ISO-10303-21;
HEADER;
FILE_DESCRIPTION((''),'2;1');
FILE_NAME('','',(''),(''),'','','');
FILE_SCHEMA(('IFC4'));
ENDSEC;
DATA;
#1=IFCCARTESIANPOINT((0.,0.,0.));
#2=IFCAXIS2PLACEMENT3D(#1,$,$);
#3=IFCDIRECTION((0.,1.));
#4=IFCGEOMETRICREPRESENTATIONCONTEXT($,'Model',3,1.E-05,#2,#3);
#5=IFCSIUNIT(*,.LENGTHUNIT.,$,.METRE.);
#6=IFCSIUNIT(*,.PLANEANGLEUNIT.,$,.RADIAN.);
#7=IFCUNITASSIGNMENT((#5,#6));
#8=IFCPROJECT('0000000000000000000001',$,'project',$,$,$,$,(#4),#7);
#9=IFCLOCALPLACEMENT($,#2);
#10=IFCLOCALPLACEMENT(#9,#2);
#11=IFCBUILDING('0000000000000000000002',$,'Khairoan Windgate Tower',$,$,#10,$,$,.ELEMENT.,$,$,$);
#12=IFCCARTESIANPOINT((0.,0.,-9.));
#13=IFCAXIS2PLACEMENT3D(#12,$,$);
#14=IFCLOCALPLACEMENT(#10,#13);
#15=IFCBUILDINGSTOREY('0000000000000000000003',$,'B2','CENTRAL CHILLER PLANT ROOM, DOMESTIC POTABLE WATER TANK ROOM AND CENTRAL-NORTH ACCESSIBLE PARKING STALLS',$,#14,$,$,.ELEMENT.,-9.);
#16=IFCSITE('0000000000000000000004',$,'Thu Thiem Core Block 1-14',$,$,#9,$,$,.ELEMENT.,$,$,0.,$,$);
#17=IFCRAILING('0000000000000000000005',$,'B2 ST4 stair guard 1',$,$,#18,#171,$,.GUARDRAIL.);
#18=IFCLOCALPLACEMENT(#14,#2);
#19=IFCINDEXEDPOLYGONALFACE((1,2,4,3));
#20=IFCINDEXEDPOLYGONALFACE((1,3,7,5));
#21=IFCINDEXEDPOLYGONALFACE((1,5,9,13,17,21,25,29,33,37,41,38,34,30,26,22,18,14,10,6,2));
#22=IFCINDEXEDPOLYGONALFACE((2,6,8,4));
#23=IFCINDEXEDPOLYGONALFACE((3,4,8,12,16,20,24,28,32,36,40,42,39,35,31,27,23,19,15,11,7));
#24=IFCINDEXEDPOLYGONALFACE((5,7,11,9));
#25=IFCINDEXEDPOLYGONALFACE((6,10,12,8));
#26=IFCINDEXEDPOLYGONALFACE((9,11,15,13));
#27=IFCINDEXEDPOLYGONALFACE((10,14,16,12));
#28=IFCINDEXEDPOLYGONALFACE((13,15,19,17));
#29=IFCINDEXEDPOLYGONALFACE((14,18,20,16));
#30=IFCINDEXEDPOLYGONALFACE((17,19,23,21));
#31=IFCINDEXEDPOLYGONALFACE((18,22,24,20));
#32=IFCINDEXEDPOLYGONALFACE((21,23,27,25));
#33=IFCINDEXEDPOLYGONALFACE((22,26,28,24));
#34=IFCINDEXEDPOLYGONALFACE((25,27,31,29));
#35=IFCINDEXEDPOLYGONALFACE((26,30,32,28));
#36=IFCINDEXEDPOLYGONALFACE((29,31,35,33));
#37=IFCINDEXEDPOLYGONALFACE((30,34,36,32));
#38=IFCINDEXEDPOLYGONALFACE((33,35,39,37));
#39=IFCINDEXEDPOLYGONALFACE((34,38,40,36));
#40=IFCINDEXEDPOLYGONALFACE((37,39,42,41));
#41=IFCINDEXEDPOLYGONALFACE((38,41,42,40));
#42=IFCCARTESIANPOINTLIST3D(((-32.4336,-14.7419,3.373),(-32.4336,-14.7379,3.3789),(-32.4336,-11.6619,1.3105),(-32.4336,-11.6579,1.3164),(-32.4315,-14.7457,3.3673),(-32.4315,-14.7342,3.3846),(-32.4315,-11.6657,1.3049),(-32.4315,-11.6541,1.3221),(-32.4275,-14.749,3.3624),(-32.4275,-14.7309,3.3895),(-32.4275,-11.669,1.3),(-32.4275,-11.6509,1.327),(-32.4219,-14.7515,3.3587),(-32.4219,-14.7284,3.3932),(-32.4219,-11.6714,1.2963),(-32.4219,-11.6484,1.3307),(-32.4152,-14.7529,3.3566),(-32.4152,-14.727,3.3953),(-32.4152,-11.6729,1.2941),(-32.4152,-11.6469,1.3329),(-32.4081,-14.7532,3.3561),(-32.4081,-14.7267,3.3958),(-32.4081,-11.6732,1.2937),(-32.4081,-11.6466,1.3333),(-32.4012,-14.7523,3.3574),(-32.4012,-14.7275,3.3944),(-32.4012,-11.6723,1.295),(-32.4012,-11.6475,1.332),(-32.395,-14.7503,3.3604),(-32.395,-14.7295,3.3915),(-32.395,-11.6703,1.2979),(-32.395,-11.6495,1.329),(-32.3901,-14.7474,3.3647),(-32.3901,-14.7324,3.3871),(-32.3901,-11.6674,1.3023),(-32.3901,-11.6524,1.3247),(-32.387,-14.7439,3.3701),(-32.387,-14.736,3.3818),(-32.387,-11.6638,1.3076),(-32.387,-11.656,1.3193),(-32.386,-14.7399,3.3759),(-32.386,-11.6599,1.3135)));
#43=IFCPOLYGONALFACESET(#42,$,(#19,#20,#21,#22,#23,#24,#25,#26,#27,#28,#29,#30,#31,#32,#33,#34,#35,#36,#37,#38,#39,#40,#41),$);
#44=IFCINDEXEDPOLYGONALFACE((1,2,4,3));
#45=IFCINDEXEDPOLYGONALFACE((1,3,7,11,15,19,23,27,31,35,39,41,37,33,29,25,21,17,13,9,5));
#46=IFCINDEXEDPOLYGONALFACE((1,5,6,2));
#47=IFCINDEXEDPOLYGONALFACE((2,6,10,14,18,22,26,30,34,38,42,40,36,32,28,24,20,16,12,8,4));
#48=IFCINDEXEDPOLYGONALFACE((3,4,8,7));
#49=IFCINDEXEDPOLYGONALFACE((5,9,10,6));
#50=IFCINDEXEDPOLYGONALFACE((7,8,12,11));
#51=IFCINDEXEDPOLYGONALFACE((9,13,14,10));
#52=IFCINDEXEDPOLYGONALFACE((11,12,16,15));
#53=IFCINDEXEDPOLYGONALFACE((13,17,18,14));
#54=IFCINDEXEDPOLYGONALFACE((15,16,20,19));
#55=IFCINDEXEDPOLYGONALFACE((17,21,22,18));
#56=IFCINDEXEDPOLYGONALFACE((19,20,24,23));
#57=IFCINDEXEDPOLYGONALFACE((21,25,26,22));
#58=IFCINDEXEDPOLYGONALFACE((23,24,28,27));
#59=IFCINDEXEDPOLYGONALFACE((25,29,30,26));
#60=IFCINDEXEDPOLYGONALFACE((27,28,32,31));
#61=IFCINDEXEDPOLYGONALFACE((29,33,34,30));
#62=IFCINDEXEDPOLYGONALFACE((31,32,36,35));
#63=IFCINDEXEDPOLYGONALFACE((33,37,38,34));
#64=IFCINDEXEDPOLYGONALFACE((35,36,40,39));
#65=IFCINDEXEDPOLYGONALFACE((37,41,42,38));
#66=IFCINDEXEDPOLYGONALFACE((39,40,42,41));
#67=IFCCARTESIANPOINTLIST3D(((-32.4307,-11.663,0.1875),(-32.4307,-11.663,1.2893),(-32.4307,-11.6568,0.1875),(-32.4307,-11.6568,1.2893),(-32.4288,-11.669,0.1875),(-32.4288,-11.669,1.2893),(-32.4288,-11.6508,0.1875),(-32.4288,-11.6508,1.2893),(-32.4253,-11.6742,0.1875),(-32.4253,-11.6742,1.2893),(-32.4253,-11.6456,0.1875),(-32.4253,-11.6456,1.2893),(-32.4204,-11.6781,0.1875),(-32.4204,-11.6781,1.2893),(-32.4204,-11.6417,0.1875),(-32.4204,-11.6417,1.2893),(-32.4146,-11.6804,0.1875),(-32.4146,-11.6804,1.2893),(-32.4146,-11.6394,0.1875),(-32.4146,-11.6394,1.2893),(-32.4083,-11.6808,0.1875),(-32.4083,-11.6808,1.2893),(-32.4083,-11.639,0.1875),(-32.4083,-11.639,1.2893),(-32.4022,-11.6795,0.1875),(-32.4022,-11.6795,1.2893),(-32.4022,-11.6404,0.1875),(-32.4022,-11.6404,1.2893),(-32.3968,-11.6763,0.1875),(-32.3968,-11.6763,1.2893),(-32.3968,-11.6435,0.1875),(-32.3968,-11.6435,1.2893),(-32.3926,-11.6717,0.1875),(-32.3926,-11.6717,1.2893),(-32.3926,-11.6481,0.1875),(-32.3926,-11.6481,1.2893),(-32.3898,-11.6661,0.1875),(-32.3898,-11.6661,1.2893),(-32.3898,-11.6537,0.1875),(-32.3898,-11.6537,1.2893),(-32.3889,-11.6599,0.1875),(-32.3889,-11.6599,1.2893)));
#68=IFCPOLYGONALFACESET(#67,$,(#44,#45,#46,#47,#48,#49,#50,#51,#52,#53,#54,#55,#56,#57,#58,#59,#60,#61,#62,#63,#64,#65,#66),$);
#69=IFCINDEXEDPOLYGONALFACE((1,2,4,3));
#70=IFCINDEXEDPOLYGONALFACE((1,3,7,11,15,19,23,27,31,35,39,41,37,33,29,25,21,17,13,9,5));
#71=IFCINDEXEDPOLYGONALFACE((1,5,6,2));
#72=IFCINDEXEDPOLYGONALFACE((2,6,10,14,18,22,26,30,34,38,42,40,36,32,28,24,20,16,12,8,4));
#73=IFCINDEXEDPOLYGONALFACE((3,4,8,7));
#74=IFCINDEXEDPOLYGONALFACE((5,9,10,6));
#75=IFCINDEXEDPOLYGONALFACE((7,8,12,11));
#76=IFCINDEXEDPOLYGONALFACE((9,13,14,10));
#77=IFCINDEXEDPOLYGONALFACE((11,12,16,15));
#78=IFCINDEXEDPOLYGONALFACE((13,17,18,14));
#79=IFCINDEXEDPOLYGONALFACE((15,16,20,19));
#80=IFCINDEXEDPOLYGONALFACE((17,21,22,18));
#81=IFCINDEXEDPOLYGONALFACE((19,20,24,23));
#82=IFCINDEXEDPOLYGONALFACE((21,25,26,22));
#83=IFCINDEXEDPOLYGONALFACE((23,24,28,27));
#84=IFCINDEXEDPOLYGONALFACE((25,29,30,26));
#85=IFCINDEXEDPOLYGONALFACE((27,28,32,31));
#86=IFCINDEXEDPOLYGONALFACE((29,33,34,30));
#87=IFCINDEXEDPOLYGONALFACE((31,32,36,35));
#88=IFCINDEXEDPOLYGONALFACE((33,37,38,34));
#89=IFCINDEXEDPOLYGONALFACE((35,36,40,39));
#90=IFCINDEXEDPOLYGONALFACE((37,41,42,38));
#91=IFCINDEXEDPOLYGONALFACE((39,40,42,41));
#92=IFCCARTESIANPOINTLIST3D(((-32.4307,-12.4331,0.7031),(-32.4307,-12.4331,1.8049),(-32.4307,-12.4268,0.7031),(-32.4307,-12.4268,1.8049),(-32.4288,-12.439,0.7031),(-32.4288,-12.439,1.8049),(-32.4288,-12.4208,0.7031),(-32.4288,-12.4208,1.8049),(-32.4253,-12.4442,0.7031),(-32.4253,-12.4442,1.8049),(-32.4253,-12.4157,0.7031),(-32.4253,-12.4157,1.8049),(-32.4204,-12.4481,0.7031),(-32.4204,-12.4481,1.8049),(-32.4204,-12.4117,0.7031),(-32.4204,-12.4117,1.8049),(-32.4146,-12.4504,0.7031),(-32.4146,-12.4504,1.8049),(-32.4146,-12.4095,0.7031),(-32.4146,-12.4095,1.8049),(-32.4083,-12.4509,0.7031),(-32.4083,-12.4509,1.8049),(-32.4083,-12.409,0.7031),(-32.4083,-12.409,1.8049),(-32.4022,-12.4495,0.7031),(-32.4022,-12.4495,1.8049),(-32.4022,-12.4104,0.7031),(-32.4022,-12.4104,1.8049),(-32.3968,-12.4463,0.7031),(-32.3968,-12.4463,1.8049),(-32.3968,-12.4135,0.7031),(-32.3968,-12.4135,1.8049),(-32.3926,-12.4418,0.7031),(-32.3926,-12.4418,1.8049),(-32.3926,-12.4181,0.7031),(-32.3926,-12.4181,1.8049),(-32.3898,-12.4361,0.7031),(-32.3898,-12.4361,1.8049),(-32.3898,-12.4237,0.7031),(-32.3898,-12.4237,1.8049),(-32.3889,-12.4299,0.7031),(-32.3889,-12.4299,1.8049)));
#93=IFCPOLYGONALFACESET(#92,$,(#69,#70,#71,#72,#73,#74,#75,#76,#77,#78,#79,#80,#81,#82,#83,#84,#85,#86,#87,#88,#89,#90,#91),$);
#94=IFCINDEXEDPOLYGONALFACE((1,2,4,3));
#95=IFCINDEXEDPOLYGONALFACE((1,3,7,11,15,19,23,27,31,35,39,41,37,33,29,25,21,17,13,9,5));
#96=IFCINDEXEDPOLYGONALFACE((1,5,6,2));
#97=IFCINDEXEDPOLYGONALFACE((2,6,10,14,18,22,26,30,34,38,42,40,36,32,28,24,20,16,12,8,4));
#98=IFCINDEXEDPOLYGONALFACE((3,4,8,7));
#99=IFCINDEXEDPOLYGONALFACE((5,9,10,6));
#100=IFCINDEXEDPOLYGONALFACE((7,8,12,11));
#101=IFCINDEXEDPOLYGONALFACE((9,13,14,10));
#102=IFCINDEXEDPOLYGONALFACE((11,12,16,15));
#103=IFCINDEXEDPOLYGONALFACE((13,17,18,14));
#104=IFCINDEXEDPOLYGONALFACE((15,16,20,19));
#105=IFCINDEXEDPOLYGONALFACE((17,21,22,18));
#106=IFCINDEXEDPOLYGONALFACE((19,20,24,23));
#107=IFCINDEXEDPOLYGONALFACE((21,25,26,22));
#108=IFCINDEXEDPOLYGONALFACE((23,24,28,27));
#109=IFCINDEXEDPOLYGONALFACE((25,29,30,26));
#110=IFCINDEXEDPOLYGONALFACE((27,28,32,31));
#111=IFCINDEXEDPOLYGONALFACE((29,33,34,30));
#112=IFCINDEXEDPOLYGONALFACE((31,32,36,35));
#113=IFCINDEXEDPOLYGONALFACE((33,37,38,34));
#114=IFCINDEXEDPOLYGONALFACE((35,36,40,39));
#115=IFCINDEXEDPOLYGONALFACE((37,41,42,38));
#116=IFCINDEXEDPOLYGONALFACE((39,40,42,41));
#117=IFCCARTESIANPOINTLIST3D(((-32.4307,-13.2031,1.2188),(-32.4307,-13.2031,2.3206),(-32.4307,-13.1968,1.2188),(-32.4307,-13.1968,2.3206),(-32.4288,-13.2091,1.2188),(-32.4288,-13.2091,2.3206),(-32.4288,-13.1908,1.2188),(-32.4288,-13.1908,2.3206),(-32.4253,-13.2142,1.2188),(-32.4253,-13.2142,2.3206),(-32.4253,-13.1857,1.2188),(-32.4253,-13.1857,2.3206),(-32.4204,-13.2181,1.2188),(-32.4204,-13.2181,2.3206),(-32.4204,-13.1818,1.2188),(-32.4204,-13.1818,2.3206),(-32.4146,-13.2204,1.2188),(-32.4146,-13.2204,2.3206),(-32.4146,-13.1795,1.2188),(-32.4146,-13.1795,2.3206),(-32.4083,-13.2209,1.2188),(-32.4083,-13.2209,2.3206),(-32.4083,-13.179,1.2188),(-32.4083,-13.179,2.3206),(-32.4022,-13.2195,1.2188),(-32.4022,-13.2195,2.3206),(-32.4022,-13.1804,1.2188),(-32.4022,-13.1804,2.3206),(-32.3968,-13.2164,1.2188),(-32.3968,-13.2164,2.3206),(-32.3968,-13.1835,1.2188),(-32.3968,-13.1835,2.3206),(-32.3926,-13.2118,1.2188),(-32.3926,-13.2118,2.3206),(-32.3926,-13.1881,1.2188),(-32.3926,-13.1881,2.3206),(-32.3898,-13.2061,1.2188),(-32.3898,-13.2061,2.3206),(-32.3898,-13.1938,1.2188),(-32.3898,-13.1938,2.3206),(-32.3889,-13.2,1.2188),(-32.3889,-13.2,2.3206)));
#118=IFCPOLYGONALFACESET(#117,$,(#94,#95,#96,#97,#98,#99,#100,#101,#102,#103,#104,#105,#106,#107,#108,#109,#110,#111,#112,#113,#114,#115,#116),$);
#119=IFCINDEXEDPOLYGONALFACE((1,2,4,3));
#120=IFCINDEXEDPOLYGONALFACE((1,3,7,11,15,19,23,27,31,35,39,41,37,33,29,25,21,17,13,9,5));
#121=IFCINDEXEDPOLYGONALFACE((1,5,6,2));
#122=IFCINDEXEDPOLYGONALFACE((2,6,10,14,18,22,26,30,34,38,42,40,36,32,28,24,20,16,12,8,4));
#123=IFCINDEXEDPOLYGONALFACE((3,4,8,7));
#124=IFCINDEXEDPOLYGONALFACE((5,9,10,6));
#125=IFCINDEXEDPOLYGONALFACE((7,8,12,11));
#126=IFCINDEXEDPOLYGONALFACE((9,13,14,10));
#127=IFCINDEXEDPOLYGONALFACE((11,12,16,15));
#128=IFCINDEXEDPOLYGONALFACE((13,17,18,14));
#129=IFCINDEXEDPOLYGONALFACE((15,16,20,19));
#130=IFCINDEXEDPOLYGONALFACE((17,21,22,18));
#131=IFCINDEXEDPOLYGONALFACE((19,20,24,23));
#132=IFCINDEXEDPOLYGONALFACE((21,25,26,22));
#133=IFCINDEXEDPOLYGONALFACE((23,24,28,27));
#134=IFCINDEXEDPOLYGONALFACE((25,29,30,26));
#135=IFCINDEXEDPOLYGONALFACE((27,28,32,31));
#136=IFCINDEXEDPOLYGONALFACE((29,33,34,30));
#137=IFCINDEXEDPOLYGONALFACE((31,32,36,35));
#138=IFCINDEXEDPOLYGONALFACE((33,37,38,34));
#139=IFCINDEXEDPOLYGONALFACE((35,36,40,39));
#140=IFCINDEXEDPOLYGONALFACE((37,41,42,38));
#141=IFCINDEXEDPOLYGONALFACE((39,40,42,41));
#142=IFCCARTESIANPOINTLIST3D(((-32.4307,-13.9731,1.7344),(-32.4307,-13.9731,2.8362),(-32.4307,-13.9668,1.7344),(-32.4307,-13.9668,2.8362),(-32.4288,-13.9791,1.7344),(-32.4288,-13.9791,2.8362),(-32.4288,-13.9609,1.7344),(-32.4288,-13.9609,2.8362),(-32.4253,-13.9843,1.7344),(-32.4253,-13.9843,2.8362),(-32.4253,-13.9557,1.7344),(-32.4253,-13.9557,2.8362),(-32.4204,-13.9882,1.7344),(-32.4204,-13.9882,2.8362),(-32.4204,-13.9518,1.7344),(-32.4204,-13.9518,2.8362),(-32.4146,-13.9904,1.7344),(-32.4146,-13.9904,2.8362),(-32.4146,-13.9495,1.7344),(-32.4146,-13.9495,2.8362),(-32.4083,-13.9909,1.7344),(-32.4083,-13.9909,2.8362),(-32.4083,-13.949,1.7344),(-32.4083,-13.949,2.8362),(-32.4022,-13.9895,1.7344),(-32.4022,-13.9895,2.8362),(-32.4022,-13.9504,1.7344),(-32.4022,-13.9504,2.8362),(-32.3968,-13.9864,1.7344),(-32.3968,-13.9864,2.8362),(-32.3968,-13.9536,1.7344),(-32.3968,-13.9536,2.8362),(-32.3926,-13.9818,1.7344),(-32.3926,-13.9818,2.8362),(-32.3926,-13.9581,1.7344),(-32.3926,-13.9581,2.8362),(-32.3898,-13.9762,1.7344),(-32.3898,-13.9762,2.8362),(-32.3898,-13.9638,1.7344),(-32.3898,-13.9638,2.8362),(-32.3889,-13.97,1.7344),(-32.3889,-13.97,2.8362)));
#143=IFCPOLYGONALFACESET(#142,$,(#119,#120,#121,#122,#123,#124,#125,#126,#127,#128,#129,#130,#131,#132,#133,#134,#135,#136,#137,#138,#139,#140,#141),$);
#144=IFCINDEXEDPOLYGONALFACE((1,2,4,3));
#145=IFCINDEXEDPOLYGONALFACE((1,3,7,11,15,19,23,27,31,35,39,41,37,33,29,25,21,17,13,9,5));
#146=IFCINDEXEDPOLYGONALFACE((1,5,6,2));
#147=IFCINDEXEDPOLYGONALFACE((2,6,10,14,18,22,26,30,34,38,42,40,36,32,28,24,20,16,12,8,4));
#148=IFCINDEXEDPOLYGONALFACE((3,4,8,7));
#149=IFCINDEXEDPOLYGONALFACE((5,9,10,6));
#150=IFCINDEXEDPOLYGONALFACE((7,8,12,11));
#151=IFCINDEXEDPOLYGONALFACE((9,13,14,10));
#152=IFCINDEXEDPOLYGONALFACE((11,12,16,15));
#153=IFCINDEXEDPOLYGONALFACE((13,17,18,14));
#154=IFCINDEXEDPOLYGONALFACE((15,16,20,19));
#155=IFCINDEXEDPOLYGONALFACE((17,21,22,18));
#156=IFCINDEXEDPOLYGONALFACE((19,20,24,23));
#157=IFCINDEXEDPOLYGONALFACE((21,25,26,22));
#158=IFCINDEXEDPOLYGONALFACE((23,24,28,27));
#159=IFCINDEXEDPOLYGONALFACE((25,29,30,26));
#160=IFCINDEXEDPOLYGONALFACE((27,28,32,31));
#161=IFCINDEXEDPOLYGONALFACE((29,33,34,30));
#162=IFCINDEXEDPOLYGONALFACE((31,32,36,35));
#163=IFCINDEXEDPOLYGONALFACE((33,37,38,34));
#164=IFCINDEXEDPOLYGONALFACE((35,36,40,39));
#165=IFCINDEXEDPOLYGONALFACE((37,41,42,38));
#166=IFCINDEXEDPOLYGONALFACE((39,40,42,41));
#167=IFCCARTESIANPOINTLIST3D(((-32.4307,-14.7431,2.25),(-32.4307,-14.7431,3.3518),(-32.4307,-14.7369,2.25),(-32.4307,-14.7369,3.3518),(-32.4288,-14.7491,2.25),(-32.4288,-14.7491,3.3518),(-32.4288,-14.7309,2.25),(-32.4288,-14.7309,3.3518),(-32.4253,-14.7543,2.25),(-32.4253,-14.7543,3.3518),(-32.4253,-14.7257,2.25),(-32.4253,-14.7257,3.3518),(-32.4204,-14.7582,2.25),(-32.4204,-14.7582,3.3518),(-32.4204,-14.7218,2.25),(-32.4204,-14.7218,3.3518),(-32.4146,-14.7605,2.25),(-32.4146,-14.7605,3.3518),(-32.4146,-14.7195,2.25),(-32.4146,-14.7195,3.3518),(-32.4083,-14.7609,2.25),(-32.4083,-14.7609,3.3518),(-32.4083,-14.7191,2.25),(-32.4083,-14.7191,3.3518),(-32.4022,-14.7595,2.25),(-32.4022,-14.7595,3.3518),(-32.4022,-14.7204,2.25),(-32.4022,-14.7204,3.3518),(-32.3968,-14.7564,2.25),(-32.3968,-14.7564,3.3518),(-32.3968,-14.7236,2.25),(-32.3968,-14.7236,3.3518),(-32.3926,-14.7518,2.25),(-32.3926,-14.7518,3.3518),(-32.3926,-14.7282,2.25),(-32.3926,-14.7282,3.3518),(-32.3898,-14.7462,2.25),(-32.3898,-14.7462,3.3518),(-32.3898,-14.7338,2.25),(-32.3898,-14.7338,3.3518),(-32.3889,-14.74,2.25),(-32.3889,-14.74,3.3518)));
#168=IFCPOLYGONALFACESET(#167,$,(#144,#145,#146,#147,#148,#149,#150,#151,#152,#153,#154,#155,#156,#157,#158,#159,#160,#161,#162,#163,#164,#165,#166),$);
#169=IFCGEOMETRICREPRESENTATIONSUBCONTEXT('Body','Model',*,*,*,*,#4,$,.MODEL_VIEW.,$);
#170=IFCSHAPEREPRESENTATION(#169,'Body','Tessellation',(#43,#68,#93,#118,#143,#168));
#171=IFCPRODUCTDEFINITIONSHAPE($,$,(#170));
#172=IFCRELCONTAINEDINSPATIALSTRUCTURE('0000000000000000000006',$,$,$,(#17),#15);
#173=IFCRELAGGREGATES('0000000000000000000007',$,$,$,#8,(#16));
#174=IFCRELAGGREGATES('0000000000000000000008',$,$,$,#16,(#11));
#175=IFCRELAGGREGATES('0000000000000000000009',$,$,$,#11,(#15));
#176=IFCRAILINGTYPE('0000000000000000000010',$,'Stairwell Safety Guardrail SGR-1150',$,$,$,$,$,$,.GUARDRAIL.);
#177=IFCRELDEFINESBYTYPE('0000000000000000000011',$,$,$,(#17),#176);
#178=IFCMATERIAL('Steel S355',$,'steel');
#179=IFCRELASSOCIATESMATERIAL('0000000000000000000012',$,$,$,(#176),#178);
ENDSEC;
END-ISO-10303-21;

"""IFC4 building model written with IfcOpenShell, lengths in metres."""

from ifc_helpers import new_model, si_unit, direction, frame, origin, origin_2d, place, context, subcontext, project, spatial, circle, extrude, material, type_object, element, save


model = new_model("IFC4")

# Units and contexts
model_context = context("Model", 3, precision=1e-05, world=origin(), true_north=direction((0.0, 1.0)))
body_context = subcontext(model_context, "Body", "Model", "MODEL_VIEW")
ifc_project = project(units=[si_unit("LENGTHUNIT", "METRE"), si_unit("PLANEANGLEUNIT", "RADIAN")], contexts=[model_context])

# Site, building, storey
site_placement = place(None, origin())
site = spatial("IfcSite", under=ifc_project, at=site_placement, Name="Thu Thiem Core Block 1-14", CompositionType="ELEMENT", RefElevation=0.0)
building_placement = place(site_placement, origin())
building = spatial("IfcBuilding", under=site, at=building_placement, Name="Khairoan Windgate Tower", CompositionType="ELEMENT")
storey_placement = place(building_placement, frame((0.0, 0.0, -9.0)))
storey = spatial("IfcBuildingStorey", under=building, at=storey_placement, Name="B2", Description="CENTRAL CHILLER PLANT ROOM, DOMESTIC POTABLE WATER TANK ROOM AND CENTRAL-NORTH ACCESSIBLE PARKING STALLS", CompositionType="ELEMENT", Elevation=-9.0)

# Railing
ifc_material_1 = material(Name="Steel S355", Category="steel")
railing_type_1 = type_object("IfcRailingType", Name="Stairwell Safety Guardrail SGR-1150", PredefinedType="GUARDRAIL", material=ifc_material_1)
railing_1_placement = place(storey_placement, frame((-32.4099, -11.6599, 0.1875)))
element("IfcRailing", 1, at=railing_1_placement, inside=storey, type_object=railing_type_1, Name="B2 ST4 stair guard 1", PredefinedType="GUARDRAIL", context=body_context, shape_type="SweptSolid", body=[
    extrude(circle(Radius=0.0239, at=origin_2d()), frame((0.0, 0.0, 1.126), z_axis=(0.0, -0.830914, 0.556401), x_axis=(1.0, 0.0, 0.0)), (0.0, 0.0, 1.0), 3.7068),
    extrude(circle(Radius=0.021, at=origin_2d()), origin(), (0.0, 0.0, 1.0), 1.1018),
    extrude(circle(Radius=0.021, at=origin_2d()), frame((0.0, -0.77, 0.5156)), (0.0, 0.0, 1.0), 1.1018),
    extrude(circle(Radius=0.021, at=origin_2d()), frame((0.0, -1.54, 1.0312)), (0.0, 0.0, 1.0), 1.1018),
    extrude(circle(Radius=0.021, at=origin_2d()), frame((0.0, -2.3101, 1.5469)), (0.0, 0.0, 1.0), 1.1018),
    extrude(circle(Radius=0.021, at=origin_2d()), frame((0.0, -3.0801, 2.0625)), (0.0, 0.0, 1.0), 1.1018),
])

save(model, "model.ifc")
